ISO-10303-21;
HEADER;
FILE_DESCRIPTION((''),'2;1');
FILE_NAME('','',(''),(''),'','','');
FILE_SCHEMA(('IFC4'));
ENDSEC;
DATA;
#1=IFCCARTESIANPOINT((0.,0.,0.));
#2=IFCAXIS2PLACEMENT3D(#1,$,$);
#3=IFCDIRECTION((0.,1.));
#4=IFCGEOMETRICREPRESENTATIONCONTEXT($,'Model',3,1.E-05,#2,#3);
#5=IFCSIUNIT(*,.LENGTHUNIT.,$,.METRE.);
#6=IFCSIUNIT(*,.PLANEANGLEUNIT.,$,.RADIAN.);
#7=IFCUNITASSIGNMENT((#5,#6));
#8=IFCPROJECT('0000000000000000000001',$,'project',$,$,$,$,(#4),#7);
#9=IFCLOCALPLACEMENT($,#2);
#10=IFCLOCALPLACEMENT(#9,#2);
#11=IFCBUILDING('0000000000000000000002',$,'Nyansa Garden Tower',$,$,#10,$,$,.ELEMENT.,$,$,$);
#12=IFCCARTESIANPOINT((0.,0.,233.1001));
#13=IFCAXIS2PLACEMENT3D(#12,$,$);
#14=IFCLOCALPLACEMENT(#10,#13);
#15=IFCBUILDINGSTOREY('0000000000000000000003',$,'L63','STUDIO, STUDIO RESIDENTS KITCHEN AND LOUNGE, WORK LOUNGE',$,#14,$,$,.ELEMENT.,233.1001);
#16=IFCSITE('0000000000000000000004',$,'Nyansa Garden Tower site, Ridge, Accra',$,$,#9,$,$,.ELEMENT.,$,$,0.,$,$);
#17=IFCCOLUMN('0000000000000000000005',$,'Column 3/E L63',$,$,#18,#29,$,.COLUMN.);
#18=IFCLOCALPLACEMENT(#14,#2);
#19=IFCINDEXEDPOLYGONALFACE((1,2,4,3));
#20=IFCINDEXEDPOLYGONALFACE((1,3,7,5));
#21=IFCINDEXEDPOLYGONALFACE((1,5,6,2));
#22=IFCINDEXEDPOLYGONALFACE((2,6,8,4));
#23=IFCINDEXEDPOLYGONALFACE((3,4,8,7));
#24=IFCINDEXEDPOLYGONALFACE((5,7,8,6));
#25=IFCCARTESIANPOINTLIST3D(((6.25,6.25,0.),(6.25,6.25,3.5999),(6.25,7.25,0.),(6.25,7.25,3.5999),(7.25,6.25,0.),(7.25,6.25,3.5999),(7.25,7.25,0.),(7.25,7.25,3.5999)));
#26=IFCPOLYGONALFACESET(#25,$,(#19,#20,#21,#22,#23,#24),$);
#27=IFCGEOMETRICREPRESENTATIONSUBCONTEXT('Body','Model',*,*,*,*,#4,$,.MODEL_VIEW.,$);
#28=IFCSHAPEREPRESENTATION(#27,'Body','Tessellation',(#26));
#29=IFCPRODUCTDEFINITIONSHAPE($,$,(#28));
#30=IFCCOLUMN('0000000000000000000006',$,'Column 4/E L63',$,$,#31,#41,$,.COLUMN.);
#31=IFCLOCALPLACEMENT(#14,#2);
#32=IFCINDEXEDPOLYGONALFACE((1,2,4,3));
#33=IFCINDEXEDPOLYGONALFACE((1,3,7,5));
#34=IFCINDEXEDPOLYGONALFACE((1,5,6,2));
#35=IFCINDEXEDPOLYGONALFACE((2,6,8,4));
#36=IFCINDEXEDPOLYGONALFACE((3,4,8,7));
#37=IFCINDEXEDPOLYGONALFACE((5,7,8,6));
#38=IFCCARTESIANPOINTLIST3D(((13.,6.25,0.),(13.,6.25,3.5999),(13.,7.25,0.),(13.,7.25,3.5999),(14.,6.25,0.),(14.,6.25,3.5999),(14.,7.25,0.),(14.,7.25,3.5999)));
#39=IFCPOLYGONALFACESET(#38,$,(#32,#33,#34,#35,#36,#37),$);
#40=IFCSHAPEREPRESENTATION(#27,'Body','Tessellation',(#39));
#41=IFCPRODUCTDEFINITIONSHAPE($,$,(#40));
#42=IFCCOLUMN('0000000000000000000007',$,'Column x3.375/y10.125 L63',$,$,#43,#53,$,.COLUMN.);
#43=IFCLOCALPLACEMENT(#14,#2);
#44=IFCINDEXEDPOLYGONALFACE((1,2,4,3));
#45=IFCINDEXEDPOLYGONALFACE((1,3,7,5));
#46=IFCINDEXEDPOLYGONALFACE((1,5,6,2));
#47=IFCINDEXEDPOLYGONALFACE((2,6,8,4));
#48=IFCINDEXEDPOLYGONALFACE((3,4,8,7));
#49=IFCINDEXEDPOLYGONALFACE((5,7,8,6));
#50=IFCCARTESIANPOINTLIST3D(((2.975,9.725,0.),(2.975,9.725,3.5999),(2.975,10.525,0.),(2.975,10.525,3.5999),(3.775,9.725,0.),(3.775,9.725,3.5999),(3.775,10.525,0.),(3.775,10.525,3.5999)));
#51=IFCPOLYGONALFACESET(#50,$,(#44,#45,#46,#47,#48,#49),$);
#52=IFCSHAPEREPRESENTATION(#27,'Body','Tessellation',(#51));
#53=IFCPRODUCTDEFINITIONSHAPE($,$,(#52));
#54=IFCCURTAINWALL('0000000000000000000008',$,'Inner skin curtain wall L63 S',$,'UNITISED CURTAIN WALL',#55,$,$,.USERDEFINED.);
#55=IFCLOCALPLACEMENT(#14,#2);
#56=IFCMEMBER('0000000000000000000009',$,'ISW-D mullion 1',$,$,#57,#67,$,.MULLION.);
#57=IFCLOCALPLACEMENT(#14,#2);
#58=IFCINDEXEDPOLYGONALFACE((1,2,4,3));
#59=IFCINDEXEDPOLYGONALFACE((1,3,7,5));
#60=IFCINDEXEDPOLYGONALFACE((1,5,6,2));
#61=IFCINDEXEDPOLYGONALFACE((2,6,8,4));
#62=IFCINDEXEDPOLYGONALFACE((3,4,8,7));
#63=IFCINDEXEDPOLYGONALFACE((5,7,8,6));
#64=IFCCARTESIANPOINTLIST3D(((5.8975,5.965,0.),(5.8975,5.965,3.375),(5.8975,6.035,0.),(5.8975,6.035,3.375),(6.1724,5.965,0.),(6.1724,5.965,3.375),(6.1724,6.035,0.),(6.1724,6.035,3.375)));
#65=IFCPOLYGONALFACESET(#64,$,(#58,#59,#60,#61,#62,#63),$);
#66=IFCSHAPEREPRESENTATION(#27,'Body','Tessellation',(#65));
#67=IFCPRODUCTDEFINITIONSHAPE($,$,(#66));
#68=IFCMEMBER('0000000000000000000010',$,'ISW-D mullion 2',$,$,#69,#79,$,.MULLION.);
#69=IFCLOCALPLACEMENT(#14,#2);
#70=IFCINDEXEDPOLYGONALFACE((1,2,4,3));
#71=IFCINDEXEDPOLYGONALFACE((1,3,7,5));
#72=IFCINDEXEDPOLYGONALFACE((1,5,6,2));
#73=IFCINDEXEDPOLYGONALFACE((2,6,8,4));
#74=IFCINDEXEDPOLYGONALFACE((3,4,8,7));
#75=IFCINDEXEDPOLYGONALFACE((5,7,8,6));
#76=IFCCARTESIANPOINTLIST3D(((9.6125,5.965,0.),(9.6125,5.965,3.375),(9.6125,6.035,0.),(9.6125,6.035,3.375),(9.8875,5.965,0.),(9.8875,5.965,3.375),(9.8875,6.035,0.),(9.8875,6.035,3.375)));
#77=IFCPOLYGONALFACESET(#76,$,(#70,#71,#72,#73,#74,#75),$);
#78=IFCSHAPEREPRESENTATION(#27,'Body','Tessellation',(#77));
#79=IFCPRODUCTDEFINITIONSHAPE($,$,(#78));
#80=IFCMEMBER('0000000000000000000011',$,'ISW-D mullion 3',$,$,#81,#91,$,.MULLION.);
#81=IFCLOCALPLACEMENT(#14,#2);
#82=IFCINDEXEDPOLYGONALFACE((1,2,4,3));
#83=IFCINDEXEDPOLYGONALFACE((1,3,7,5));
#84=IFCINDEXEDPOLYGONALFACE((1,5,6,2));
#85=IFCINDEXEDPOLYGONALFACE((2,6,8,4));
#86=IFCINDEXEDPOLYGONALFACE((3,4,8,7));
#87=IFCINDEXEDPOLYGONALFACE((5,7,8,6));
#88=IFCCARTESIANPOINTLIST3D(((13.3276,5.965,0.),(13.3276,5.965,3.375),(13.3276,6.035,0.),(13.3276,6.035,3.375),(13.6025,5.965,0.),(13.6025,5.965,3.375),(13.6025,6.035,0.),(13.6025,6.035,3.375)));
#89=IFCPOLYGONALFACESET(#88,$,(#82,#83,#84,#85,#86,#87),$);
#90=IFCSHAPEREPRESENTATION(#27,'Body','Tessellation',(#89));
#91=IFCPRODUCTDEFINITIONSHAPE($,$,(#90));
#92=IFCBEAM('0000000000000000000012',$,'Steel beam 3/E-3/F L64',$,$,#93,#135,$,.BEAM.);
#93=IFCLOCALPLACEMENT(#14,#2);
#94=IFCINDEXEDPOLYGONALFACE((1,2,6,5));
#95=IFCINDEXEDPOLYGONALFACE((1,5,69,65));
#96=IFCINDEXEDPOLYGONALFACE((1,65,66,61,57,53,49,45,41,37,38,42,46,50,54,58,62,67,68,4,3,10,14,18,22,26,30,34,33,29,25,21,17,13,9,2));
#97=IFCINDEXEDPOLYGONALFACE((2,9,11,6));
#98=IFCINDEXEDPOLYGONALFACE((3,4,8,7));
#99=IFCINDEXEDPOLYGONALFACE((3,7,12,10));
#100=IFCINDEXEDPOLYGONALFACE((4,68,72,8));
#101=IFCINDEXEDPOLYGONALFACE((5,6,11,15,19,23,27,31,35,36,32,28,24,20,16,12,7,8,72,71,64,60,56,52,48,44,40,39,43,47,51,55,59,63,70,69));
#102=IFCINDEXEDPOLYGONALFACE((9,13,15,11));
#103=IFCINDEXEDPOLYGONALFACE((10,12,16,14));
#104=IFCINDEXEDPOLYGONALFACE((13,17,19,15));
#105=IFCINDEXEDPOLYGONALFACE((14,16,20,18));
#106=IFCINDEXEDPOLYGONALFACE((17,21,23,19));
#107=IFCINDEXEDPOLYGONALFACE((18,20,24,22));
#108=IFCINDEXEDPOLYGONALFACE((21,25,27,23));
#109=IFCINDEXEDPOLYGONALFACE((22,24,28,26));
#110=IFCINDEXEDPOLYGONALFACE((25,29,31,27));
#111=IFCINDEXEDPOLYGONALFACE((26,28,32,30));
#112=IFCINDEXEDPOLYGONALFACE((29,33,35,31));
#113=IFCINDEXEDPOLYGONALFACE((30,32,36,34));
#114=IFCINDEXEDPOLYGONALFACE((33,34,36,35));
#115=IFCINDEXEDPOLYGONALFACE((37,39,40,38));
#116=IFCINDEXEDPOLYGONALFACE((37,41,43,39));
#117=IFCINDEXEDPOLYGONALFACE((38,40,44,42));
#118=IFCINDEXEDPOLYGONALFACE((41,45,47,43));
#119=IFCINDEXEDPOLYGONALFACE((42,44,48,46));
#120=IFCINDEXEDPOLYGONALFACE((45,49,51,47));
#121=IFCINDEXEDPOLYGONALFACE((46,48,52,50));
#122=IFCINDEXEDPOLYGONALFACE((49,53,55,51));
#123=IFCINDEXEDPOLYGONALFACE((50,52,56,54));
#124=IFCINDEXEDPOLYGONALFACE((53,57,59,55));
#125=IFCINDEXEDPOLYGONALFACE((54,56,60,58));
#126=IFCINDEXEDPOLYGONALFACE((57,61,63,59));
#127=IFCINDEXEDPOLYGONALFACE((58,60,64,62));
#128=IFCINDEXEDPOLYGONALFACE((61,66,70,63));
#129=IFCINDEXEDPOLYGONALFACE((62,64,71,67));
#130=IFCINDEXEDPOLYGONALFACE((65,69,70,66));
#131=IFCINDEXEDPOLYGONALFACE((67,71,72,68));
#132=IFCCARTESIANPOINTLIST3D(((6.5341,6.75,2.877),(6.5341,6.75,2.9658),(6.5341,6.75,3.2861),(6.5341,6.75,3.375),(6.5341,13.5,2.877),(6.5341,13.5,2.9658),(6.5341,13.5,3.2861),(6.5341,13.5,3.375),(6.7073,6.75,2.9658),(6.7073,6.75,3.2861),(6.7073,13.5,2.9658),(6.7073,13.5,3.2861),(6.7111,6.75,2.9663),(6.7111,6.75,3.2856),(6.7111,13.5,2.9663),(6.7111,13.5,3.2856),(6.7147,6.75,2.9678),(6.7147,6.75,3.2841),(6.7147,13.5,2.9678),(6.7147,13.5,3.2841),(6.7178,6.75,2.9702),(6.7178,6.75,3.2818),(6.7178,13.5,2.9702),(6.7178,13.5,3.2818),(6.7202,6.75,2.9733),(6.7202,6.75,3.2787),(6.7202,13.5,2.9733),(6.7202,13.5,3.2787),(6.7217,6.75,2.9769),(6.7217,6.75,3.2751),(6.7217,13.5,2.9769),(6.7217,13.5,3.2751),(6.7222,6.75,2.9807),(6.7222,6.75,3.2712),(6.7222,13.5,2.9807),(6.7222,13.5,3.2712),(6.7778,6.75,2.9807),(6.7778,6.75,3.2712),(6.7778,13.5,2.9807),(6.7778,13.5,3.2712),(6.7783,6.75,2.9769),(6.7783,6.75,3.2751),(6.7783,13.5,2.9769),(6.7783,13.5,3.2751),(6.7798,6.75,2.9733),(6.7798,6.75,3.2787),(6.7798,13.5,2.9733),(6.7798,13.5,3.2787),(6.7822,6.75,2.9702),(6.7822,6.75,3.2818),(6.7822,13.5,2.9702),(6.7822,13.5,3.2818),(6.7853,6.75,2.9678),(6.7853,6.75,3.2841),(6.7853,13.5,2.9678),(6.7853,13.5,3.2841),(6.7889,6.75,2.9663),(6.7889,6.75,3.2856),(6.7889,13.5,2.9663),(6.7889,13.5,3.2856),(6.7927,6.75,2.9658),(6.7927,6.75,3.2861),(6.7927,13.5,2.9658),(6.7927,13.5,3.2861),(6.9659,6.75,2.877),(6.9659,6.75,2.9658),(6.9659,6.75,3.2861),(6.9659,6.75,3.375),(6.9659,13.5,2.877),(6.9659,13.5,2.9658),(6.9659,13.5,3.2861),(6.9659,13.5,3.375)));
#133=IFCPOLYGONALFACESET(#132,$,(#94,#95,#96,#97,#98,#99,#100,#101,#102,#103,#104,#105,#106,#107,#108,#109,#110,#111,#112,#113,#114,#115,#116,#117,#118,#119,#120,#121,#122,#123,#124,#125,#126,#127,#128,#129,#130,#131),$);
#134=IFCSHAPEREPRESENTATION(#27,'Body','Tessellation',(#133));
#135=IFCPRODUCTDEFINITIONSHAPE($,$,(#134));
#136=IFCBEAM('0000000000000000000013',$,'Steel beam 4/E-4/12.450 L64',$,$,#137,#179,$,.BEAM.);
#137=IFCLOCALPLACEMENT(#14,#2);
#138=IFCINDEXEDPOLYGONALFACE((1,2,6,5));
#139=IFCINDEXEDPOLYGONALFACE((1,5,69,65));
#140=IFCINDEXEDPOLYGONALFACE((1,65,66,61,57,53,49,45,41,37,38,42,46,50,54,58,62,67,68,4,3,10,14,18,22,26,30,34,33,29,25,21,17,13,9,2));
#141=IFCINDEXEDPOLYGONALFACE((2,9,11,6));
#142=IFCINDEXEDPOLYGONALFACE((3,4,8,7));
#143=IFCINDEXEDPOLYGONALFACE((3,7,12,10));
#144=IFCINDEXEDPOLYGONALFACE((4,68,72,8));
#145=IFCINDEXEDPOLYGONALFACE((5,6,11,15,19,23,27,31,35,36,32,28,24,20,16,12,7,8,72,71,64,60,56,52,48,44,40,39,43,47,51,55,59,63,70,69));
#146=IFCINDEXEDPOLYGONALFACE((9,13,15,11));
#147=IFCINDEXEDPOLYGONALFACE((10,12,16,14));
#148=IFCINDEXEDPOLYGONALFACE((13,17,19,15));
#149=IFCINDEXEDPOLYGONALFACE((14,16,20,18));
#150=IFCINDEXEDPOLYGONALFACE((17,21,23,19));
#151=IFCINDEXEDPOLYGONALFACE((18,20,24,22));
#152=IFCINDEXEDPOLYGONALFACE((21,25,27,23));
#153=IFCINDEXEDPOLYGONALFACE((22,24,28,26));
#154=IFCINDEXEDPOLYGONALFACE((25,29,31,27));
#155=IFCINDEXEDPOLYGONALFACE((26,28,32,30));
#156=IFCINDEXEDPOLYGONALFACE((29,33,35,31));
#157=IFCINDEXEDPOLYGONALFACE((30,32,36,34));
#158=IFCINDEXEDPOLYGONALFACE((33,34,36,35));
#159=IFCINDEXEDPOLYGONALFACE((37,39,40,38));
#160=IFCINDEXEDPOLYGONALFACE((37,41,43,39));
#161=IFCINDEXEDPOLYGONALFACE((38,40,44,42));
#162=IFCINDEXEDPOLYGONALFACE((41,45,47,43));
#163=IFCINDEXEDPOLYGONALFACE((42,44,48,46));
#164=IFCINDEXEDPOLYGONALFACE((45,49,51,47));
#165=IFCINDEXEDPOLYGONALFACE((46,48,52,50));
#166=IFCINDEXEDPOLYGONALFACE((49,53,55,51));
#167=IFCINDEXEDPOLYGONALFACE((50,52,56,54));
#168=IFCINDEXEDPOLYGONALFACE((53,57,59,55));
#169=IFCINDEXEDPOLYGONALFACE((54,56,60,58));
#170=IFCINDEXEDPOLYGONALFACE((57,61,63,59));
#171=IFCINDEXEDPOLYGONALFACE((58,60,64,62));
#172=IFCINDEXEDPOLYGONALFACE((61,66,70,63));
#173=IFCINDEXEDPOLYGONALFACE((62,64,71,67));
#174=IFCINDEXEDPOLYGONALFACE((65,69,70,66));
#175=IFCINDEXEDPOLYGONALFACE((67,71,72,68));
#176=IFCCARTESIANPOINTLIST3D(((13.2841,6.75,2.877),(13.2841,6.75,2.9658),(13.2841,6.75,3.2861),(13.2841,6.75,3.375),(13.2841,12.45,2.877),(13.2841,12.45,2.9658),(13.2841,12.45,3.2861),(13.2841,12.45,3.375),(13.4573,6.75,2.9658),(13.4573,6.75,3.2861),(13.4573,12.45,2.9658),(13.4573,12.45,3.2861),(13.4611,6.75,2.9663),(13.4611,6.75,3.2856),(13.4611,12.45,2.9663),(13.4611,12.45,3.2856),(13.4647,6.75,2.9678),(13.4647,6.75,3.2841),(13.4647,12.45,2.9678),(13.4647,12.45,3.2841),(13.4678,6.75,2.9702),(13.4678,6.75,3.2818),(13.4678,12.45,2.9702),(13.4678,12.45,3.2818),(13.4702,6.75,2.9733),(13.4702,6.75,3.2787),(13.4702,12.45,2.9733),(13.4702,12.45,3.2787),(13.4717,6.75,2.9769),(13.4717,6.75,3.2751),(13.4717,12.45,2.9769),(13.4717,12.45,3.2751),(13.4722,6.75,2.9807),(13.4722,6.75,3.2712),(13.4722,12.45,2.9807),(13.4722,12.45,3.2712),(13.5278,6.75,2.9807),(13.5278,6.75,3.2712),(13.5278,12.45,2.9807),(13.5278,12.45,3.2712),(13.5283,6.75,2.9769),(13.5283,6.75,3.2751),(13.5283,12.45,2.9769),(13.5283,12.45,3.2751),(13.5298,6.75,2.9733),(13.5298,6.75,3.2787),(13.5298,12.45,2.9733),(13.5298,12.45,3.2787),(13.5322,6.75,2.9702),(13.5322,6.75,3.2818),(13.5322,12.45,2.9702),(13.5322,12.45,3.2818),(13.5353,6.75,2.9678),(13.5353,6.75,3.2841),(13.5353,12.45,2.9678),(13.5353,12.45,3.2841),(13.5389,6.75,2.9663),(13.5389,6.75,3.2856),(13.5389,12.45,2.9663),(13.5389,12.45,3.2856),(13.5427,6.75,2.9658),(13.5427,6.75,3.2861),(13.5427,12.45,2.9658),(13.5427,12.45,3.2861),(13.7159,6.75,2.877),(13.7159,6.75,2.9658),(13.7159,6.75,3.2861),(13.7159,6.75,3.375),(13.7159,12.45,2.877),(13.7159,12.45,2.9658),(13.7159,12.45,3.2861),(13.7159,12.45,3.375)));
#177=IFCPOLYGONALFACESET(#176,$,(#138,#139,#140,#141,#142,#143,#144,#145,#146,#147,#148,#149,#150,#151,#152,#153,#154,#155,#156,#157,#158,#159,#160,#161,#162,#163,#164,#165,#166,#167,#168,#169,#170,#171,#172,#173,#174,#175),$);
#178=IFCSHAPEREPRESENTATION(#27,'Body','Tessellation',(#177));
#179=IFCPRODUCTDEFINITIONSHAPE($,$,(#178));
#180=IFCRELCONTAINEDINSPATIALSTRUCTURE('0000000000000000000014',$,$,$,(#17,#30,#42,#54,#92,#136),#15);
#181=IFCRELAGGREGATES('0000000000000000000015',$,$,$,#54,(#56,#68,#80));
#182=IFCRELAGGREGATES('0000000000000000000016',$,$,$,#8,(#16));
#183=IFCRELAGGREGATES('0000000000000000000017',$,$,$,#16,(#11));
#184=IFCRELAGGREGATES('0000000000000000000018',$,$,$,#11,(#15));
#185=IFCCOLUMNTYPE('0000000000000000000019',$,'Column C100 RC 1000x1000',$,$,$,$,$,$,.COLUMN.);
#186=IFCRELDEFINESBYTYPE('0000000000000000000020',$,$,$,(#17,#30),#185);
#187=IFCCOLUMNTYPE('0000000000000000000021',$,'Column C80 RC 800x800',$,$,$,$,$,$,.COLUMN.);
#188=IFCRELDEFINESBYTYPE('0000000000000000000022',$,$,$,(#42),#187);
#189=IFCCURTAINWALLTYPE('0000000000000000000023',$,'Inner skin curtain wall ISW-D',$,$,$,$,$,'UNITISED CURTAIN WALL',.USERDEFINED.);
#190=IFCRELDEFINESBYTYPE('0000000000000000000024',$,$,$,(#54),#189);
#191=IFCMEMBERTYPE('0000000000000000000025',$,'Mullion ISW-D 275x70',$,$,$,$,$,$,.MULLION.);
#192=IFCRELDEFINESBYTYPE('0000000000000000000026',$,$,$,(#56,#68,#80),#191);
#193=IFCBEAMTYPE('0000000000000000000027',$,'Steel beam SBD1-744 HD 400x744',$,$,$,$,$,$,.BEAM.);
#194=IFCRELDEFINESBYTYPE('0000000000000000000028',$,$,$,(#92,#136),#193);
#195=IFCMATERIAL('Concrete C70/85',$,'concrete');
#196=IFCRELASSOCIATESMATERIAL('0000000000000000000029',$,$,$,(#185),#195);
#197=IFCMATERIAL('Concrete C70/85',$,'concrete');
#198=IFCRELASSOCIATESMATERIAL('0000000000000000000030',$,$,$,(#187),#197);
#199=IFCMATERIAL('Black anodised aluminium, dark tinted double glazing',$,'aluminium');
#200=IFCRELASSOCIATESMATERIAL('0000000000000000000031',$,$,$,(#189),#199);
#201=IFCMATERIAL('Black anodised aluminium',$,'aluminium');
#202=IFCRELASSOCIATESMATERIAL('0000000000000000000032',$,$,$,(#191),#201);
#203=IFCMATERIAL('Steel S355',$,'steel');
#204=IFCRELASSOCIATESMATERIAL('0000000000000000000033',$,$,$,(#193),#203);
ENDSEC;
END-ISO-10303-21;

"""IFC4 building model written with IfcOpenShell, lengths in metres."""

from ifc_helpers import new_model, si_unit, direction, frame, origin, origin_2d, place, context, subcontext, project, spatial, rectangle, i_section, extrude, material, material_profile, profile_set, type_object, element, aggregate, save


model = new_model("IFC4")

# Units and contexts
model_context = context("Model", 3, precision=1e-05, world=origin(), true_north=direction((0.0, 1.0)))
body_context = subcontext(model_context, "Body", "Model", "MODEL_VIEW")
ifc_project = project(units=[si_unit("LENGTHUNIT", "METRE"), si_unit("PLANEANGLEUNIT", "RADIAN")], contexts=[model_context])

# Site, building, storey
site_placement = place(None, origin())
site = spatial("IfcSite", under=ifc_project, at=site_placement, Name="Nyansa Garden Tower site, Ridge, Accra", CompositionType="ELEMENT", RefElevation=0.0)
building_placement = place(site_placement, origin())
building = spatial("IfcBuilding", under=site, at=building_placement, Name="Nyansa Garden Tower", CompositionType="ELEMENT")
storey_placement = place(building_placement, frame((0.0, 0.0, 233.1001)))
storey = spatial("IfcBuildingStorey", under=building, at=storey_placement, Name="L63", Description="STUDIO, STUDIO RESIDENTS KITCHEN AND LOUNGE, WORK LOUNGE", CompositionType="ELEMENT", Elevation=233.1001)

# Columns
ifc_material_1 = material(Name="Concrete C70/85", Category="concrete")
ifc_material_profile_1 = material_profile(ifc_material_1, rectangle(XDim=1.0, YDim=1.0, at=origin_2d()), Name="RC 1000x1000")
ifc_profile_set_1 = profile_set([ifc_material_profile_1], Name="Concrete C70/85")
column_type_1 = type_object("IfcColumnType", Name="Column C100 RC 1000x1000", PredefinedType="COLUMN", material=ifc_profile_set_1)
for number, where, z_axis, x_axis, name in (
    (1, (6.75, 6.75, 0.0), (0.0, 0.0, 1.0), (1.0, 0.0, 0.0), "Column 3/E L63"),
    (2, (13.5, 6.75, 0.0), (0.0, 0.0, 1.0), (1.0, 0.0, 0.0), "Column 4/E L63"),
):
    element("IfcColumn", number, at=place(storey_placement, frame(where, z_axis=z_axis, x_axis=x_axis)), inside=storey, type_object=column_type_1, Name=name, PredefinedType="COLUMN", context=body_context, shape_type="SweptSolid", body=[
        extrude(rectangle(XDim=1.0, YDim=1.0, at=origin_2d()), origin(), (0.0, 0.0, 1.0), 3.5999),
    ])
ifc_material_2 = material(Name="Concrete C70/85", Category="concrete")
ifc_material_profile_2 = material_profile(ifc_material_2, rectangle(XDim=0.8, YDim=0.8, at=origin_2d()), Name="RC 800x800")
ifc_profile_set_2 = profile_set([ifc_material_profile_2], Name="Concrete C70/85")
column_type_2 = type_object("IfcColumnType", Name="Column C80 RC 800x800", PredefinedType="COLUMN", material=ifc_profile_set_2)
column_placement = place(storey_placement, frame((3.375, 10.125, 0.0), z_axis=(0.0, 0.0, 1.0), x_axis=(1.0, 0.0, 0.0)))
element("IfcColumn", 3, at=column_placement, inside=storey, type_object=column_type_2, Name="Column x3.375/y10.125 L63", PredefinedType="COLUMN", context=body_context, shape_type="SweptSolid", body=[
    extrude(rectangle(XDim=0.8, YDim=0.8, at=origin_2d()), origin(), (0.0, 0.0, 1.0), 3.5999),
])

# Curtain wall, members
ifc_material_3 = material(Name="Black anodised aluminium, dark tinted double glazing", Category="aluminium")
curtain_wall_type = type_object("IfcCurtainWallType", Name="Inner skin curtain wall ISW-D", ElementType="UNITISED CURTAIN WALL", PredefinedType="USERDEFINED", material=ifc_material_3)
curtain_wall_placement = place(storey_placement, origin())
curtain_wall = element("IfcCurtainWall", 4, at=curtain_wall_placement, inside=storey, type_object=curtain_wall_type, Name="Inner skin curtain wall L63 S", ObjectType="UNITISED CURTAIN WALL", PredefinedType="USERDEFINED")
ifc_material_4 = material(Name="Black anodised aluminium", Category="aluminium")
ifc_material_profile_3 = material_profile(ifc_material_4, rectangle(XDim=0.0701, YDim=0.2749, at=origin_2d()), Name="Mullion 275x70")
ifc_profile_set_3 = profile_set([ifc_material_profile_3], Name="Black anodised aluminium")
member_type_1 = type_object("IfcMemberType", Name="Mullion ISW-D 275x70", PredefinedType="MULLION", material=ifc_profile_set_3)
member_1_placement = place(storey_placement, frame((6.0349, 6.0, 0.0), z_axis=(0.0, 0.0, 1.0), x_axis=(0.0, 1.0, 0.0)))
member_1 = element("IfcMember", 5, at=member_1_placement, type_object=member_type_1, Name="ISW-D mullion 1", PredefinedType="MULLION", context=body_context, shape_type="SweptSolid", body=[
    extrude(rectangle(XDim=0.0701, YDim=0.2749, at=origin_2d()), origin(), (0.0, 0.0, 1.0), 3.375),
])
member_2_placement = place(storey_placement, frame((9.75, 6.0, 0.0), z_axis=(0.0, 0.0, 1.0), x_axis=(0.0, 1.0, 0.0)))
member_2 = element("IfcMember", 6, at=member_2_placement, type_object=member_type_1, Name="ISW-D mullion 2", PredefinedType="MULLION", context=body_context, shape_type="SweptSolid", body=[
    extrude(rectangle(XDim=0.0701, YDim=0.2749, at=origin_2d()), origin(), (0.0, 0.0, 1.0), 3.375),
])
member_3_placement = place(storey_placement, frame((13.4651, 6.0, 0.0), z_axis=(0.0, 0.0, 1.0), x_axis=(0.0, 1.0, 0.0)))
member_3 = element("IfcMember", 7, at=member_3_placement, type_object=member_type_1, Name="ISW-D mullion 3", PredefinedType="MULLION", context=body_context, shape_type="SweptSolid", body=[
    extrude(rectangle(XDim=0.0701, YDim=0.2749, at=origin_2d()), origin(), (0.0, 0.0, 1.0), 3.375),
])

# Beams
ifc_material_5 = material(Name="Steel S355", Category="steel")
ifc_material_profile_4 = material_profile(ifc_material_5, i_section(OverallWidth=0.4319, OverallDepth=0.498, WebThickness=0.0557, FlangeThickness=0.0889, FilletRadius=0.0149, at=origin_2d()), Name="HD 400x744")
ifc_profile_set_4 = profile_set([ifc_material_profile_4], Name="Steel S355")
beam_type_1 = type_object("IfcBeamType", Name="Steel beam SBD1-744 HD 400x744", PredefinedType="BEAM", material=ifc_profile_set_4)
beam_1_placement = place(storey_placement, frame((6.75, 6.75, 3.126), z_axis=(0.0, 1.0, 0.0), x_axis=(-1.0, 0.0, 0.0)))
element("IfcBeam", 8, at=beam_1_placement, inside=storey, type_object=beam_type_1, Name="Steel beam 3/E-3/F L64", PredefinedType="BEAM", context=body_context, shape_type="SweptSolid", body=[
    extrude(i_section(OverallWidth=0.4319, OverallDepth=0.498, WebThickness=0.0557, FlangeThickness=0.0889, FilletRadius=0.0149, at=origin_2d()), origin(), (0.0, 0.0, 1.0), 6.75),
])
beam_2_placement = place(storey_placement, frame((13.5, 6.75, 3.126), z_axis=(0.0, 1.0, 0.0), x_axis=(-1.0, 0.0, 0.0)))
element("IfcBeam", 9, at=beam_2_placement, inside=storey, type_object=beam_type_1, Name="Steel beam 4/E-4/12.450 L64", PredefinedType="BEAM", context=body_context, shape_type="SweptSolid", body=[
    extrude(i_section(OverallWidth=0.4319, OverallDepth=0.498, WebThickness=0.0557, FlangeThickness=0.0889, FilletRadius=0.0149, at=origin_2d()), origin(), (0.0, 0.0, 1.0), 5.7),
])

aggregate(curtain_wall, [member_1, member_2, member_3])

save(model, "model.ifc")
